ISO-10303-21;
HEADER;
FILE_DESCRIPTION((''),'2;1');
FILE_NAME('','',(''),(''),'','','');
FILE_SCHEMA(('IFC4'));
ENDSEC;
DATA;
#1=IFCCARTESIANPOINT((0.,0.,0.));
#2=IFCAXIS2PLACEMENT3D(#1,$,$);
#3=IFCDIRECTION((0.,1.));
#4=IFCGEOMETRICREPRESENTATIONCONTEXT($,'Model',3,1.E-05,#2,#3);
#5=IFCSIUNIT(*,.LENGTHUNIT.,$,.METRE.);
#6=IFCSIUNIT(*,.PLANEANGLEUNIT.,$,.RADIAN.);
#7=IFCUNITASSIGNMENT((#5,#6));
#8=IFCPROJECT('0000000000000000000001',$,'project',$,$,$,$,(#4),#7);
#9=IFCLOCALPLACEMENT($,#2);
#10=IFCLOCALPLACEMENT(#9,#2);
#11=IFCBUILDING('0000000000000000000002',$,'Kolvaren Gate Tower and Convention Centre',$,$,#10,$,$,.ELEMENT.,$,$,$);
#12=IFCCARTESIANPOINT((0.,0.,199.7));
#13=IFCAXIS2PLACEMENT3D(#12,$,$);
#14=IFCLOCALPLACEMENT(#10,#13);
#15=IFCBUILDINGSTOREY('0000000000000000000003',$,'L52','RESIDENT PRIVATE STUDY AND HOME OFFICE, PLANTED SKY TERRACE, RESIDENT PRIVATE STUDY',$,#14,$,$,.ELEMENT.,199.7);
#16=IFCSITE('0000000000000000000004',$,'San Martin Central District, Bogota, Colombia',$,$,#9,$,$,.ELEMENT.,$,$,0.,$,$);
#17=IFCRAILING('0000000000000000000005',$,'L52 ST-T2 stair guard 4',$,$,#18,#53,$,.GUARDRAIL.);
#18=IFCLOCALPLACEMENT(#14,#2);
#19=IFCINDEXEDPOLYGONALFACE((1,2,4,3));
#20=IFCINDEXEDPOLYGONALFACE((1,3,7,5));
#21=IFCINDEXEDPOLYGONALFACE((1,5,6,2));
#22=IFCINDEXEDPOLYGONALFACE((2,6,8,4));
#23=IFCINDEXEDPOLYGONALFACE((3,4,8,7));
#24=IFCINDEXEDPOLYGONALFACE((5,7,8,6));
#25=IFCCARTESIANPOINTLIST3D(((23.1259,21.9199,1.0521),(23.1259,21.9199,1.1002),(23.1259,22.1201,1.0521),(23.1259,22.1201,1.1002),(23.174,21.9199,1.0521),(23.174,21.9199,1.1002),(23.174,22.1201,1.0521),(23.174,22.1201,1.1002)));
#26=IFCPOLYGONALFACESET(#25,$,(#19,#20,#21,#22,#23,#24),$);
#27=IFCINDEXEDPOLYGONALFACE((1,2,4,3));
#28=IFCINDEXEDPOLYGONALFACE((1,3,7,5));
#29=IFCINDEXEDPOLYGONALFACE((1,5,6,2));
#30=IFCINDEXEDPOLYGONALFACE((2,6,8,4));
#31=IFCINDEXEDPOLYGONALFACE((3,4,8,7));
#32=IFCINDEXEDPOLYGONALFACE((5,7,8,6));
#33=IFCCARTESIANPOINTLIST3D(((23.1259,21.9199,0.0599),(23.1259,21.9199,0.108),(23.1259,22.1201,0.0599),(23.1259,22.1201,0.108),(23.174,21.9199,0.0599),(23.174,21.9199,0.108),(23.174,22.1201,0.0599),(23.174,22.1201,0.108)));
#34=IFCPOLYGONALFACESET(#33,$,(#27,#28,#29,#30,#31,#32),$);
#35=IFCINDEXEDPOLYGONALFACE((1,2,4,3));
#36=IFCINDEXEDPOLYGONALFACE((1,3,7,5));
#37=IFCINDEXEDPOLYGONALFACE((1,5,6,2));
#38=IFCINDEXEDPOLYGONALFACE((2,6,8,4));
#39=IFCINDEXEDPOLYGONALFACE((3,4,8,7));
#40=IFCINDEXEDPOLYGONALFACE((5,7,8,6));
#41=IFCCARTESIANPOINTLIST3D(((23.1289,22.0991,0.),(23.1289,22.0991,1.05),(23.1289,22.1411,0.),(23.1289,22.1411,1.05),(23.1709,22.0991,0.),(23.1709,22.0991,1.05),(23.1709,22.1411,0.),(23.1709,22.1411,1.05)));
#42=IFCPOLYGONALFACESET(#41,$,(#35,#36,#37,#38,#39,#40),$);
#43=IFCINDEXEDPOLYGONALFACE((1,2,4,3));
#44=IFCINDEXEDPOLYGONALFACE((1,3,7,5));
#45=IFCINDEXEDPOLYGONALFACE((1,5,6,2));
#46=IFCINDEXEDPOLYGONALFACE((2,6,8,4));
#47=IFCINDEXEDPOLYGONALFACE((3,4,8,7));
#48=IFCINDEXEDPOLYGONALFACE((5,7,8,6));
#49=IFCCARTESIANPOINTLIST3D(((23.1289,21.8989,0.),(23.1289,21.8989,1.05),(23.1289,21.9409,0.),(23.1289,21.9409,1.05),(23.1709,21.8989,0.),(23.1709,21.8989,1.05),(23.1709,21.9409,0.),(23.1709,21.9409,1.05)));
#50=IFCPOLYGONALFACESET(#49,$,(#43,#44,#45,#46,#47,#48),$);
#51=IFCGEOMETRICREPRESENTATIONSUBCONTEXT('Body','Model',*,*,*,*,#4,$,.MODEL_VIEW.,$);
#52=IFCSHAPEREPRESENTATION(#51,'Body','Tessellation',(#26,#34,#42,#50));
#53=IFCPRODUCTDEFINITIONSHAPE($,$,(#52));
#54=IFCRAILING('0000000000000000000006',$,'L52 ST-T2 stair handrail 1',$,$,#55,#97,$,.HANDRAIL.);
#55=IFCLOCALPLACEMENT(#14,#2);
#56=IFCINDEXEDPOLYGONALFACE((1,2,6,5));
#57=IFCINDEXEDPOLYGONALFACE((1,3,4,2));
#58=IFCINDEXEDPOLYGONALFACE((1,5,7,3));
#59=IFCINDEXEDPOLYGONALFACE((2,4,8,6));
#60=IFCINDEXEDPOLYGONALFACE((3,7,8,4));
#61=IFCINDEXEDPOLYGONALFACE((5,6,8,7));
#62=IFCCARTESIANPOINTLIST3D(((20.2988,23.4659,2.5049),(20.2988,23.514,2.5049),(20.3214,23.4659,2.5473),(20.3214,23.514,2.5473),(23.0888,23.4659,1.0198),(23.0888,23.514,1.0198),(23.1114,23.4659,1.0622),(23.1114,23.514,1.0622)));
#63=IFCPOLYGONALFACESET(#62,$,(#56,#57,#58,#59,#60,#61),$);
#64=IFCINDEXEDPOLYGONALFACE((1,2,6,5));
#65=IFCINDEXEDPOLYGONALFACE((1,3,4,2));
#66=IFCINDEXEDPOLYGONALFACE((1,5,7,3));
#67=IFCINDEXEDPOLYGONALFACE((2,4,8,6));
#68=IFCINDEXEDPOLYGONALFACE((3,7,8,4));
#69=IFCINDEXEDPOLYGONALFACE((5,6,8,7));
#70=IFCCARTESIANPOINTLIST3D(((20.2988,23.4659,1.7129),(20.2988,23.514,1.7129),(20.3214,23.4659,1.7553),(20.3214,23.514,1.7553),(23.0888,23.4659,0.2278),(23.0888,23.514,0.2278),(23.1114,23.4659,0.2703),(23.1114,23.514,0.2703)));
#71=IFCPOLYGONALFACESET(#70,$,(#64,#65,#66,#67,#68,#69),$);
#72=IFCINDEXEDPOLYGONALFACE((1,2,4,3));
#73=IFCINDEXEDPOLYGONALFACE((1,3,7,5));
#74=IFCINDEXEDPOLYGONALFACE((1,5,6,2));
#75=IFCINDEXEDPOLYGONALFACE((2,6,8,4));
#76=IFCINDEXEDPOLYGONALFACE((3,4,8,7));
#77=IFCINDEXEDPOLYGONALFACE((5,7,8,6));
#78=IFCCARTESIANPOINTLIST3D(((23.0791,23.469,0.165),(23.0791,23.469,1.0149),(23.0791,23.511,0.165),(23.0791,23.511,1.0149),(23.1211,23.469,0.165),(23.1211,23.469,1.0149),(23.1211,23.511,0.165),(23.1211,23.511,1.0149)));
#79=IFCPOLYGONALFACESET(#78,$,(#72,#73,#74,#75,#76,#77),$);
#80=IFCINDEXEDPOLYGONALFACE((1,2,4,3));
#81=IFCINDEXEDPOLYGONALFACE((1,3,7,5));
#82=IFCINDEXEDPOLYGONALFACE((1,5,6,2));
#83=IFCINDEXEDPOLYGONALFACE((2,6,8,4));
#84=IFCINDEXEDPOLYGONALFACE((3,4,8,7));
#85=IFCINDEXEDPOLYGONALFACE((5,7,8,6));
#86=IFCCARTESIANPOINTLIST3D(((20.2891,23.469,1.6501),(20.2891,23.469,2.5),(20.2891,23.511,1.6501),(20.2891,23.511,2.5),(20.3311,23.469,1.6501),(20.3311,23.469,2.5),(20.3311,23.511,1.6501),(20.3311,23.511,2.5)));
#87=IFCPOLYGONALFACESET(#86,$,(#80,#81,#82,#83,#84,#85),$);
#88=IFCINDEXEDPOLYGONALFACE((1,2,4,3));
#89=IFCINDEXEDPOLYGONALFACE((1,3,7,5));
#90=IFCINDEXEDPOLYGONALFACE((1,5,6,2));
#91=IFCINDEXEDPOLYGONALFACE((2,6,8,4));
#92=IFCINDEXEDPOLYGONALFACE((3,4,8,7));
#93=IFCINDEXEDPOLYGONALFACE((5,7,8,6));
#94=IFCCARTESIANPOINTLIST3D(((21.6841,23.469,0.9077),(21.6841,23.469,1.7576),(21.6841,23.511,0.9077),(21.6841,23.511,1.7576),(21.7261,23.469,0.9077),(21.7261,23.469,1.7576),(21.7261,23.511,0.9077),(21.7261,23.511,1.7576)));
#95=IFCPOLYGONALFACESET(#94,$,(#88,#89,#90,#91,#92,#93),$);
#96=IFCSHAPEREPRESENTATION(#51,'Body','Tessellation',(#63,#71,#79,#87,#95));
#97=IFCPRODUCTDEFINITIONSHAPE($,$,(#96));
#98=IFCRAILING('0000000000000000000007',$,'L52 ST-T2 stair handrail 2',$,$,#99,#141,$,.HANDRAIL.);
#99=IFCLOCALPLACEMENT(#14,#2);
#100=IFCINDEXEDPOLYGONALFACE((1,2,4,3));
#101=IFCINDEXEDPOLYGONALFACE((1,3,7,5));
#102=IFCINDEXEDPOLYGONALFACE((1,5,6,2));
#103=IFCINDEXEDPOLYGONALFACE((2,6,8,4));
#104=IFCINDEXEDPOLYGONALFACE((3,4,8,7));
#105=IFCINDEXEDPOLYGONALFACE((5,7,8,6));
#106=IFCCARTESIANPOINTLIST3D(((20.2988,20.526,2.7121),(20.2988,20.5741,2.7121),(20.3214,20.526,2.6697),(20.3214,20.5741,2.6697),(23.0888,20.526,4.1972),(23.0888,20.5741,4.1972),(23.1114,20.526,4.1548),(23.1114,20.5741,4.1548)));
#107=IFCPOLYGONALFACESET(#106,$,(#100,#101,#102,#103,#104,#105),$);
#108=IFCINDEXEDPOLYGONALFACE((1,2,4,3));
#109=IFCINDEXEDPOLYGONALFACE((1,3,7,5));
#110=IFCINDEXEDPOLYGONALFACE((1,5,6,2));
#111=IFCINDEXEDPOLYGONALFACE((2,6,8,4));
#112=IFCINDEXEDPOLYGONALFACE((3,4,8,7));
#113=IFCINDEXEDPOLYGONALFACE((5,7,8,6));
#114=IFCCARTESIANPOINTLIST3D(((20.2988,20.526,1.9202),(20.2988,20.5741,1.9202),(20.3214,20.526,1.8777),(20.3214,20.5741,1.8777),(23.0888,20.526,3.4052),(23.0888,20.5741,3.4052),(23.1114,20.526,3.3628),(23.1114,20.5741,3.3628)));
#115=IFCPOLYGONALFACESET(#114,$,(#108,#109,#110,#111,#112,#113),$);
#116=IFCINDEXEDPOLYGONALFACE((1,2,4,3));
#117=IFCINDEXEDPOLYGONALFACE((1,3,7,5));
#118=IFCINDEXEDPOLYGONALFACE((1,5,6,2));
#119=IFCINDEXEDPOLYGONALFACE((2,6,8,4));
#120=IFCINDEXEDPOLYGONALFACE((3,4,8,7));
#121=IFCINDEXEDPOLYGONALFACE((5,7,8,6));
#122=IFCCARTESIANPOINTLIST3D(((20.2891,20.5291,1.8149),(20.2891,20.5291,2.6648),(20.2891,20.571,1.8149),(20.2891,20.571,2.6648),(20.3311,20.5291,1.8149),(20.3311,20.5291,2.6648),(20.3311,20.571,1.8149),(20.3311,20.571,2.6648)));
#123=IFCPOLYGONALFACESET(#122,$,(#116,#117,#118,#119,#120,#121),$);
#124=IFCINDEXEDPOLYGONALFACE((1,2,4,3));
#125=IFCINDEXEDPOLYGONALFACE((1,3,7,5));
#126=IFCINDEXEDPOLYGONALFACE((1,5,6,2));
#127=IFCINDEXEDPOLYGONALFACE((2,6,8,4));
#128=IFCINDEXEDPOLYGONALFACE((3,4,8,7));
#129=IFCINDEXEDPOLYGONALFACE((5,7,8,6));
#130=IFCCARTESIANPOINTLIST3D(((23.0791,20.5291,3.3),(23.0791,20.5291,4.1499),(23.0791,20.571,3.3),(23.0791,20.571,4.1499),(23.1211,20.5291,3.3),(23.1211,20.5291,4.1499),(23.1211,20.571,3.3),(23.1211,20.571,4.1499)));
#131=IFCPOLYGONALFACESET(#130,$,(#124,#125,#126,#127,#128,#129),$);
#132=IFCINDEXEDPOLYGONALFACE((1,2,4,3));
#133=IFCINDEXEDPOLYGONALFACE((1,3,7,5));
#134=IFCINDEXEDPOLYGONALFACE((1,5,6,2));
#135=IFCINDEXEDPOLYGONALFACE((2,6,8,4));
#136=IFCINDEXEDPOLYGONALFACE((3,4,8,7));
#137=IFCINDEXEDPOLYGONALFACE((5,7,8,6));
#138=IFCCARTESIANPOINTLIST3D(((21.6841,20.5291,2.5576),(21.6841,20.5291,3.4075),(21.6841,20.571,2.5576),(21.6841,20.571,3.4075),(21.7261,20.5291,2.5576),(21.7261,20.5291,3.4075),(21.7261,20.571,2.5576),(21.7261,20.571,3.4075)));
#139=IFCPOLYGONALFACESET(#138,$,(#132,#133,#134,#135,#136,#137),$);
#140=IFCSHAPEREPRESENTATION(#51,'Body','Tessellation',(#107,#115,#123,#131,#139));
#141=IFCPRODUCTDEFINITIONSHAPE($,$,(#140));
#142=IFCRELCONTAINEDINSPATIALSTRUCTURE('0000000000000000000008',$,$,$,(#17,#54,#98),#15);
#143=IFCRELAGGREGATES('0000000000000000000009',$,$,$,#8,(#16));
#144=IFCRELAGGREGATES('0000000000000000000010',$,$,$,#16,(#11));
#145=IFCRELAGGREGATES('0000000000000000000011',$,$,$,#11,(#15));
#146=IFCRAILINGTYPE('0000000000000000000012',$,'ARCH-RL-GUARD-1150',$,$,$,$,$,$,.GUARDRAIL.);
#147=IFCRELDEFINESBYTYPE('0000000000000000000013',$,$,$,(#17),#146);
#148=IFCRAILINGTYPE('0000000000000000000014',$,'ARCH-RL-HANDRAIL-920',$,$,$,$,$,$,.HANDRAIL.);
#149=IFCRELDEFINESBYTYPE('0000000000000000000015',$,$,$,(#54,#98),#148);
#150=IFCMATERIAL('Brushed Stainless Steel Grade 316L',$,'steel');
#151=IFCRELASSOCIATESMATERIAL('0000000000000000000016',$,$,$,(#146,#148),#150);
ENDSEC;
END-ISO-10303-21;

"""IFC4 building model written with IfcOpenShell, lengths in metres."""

from ifc_helpers import new_model, si_unit, direction, frame, origin, origin_2d, place, context, subcontext, project, spatial, rectangle, extrude, material, type_object, element, save


model = new_model("IFC4")

# Units and contexts
model_context = context("Model", 3, precision=1e-05, world=origin(), true_north=direction((0.0, 1.0)))
body_context = subcontext(model_context, "Body", "Model", "MODEL_VIEW")
ifc_project = project(units=[si_unit("LENGTHUNIT", "METRE"), si_unit("PLANEANGLEUNIT", "RADIAN")], contexts=[model_context])

# Site, building, storey
site_placement = place(None, origin())
site = spatial("IfcSite", under=ifc_project, at=site_placement, Name="San Martin Central District, Bogota, Colombia", CompositionType="ELEMENT", RefElevation=0.0)
building_placement = place(site_placement, origin())
building = spatial("IfcBuilding", under=site, at=building_placement, Name="Kolvaren Gate Tower and Convention Centre", CompositionType="ELEMENT")
storey_placement = place(building_placement, frame((0.0, 0.0, 199.7)))
storey = spatial("IfcBuildingStorey", under=building, at=storey_placement, Name="L52", Description="RESIDENT PRIVATE STUDY AND HOME OFFICE, PLANTED SKY TERRACE, RESIDENT PRIVATE STUDY", CompositionType="ELEMENT", Elevation=199.7)

# Shared definitions
ifc_material_1 = material(Name="Brushed Stainless Steel Grade 316L", Category="steel")

# Railings
railing_type_1 = type_object("IfcRailingType", Name="ARCH-RL-GUARD-1150", PredefinedType="GUARDRAIL", material=ifc_material_1)
railing_1_placement = place(storey_placement, frame((23.1499, 22.1201, 0.0)))
element("IfcRailing", 1, at=railing_1_placement, inside=storey, type_object=railing_type_1, Name="L52 ST-T2 stair guard 4", PredefinedType="GUARDRAIL", context=body_context, shape_type="SweptSolid", body=[
    extrude(rectangle(XDim=0.0481, YDim=0.0481, at=origin_2d()), frame((0.0, 0.0, 1.0762), z_axis=(0.0, -1.0, 0.0), x_axis=(1.0, 0.0, 0.0)), (0.0, 0.0, 1.0), 0.2002),
    extrude(rectangle(XDim=0.0481, YDim=0.0481, at=origin_2d()), frame((0.0, 0.0, 0.084), z_axis=(0.0, -1.0, 0.0), x_axis=(1.0, 0.0, 0.0)), (0.0, 0.0, 1.0), 0.2002),
    extrude(rectangle(XDim=0.042, YDim=0.042, at=origin_2d()), origin(), (0.0, 0.0, 1.0), 1.05),
    extrude(rectangle(XDim=0.042, YDim=0.042, at=origin_2d()), frame((0.0, -0.2002, 0.0)), (0.0, 0.0, 1.0), 1.05),
])
railing_type_2 = type_object("IfcRailingType", Name="ARCH-RL-HANDRAIL-920", PredefinedType="HANDRAIL", material=ifc_material_1)
railing_2_placement = place(storey_placement, frame((23.1001, 23.49, 0.165)))
element("IfcRailing", 2, at=railing_2_placement, inside=storey, type_object=railing_type_2, Name="L52 ST-T2 stair handrail 1", PredefinedType="HANDRAIL", context=body_context, shape_type="SweptSolid", body=[
    extrude(rectangle(XDim=0.0481, YDim=0.0481, at=origin_2d()), frame((0.0, 0.0, 0.876), z_axis=(-0.882735, 0.0, 0.46987), x_axis=(0.0, -1.0, 0.0)), (0.0, 0.0, 1.0), 3.1606),
    extrude(rectangle(XDim=0.0481, YDim=0.0481, at=origin_2d()), frame((0.0, 0.0, 0.084), z_axis=(-0.882735, 0.0, 0.46987), x_axis=(0.0, -1.0, 0.0)), (0.0, 0.0, 1.0), 3.1606),
    extrude(rectangle(XDim=0.042, YDim=0.042, at=origin_2d()), origin(), (0.0, 0.0, 1.0), 0.8499),
    extrude(rectangle(XDim=0.042, YDim=0.042, at=origin_2d()), frame((-2.79, 0.0, 1.4851)), (0.0, 0.0, 1.0), 0.8499),
    extrude(rectangle(XDim=0.042, YDim=0.042, at=origin_2d()), frame((-1.395, 0.0, 0.7427)), (0.0, 0.0, 1.0), 0.8499),
])
railing_3_placement = place(storey_placement, frame((20.3101, 20.55, 1.8149)))
element("IfcRailing", 3, at=railing_3_placement, inside=storey, type_object=railing_type_2, Name="L52 ST-T2 stair handrail 2", PredefinedType="HANDRAIL", context=body_context, shape_type="SweptSolid", body=[
    extrude(rectangle(XDim=0.0481, YDim=0.0481, at=origin_2d()), frame((0.0, 0.0, 0.876), z_axis=(0.882735, 0.0, 0.46987), x_axis=(0.0, 1.0, 0.0)), (0.0, 0.0, 1.0), 3.1606),
    extrude(rectangle(XDim=0.0481, YDim=0.0481, at=origin_2d()), frame((0.0, 0.0, 0.084), z_axis=(0.882735, 0.0, 0.46987), x_axis=(0.0, 1.0, 0.0)), (0.0, 0.0, 1.0), 3.1606),
    extrude(rectangle(XDim=0.042, YDim=0.042, at=origin_2d()), origin(), (0.0, 0.0, 1.0), 0.8499),
    extrude(rectangle(XDim=0.042, YDim=0.042, at=origin_2d()), frame((2.79, 0.0, 1.4851)), (0.0, 0.0, 1.0), 0.8499),
    extrude(rectangle(XDim=0.042, YDim=0.042, at=origin_2d()), frame((1.395, 0.0, 0.7427)), (0.0, 0.0, 1.0), 0.8499),
])

save(model, "model.ifc")
